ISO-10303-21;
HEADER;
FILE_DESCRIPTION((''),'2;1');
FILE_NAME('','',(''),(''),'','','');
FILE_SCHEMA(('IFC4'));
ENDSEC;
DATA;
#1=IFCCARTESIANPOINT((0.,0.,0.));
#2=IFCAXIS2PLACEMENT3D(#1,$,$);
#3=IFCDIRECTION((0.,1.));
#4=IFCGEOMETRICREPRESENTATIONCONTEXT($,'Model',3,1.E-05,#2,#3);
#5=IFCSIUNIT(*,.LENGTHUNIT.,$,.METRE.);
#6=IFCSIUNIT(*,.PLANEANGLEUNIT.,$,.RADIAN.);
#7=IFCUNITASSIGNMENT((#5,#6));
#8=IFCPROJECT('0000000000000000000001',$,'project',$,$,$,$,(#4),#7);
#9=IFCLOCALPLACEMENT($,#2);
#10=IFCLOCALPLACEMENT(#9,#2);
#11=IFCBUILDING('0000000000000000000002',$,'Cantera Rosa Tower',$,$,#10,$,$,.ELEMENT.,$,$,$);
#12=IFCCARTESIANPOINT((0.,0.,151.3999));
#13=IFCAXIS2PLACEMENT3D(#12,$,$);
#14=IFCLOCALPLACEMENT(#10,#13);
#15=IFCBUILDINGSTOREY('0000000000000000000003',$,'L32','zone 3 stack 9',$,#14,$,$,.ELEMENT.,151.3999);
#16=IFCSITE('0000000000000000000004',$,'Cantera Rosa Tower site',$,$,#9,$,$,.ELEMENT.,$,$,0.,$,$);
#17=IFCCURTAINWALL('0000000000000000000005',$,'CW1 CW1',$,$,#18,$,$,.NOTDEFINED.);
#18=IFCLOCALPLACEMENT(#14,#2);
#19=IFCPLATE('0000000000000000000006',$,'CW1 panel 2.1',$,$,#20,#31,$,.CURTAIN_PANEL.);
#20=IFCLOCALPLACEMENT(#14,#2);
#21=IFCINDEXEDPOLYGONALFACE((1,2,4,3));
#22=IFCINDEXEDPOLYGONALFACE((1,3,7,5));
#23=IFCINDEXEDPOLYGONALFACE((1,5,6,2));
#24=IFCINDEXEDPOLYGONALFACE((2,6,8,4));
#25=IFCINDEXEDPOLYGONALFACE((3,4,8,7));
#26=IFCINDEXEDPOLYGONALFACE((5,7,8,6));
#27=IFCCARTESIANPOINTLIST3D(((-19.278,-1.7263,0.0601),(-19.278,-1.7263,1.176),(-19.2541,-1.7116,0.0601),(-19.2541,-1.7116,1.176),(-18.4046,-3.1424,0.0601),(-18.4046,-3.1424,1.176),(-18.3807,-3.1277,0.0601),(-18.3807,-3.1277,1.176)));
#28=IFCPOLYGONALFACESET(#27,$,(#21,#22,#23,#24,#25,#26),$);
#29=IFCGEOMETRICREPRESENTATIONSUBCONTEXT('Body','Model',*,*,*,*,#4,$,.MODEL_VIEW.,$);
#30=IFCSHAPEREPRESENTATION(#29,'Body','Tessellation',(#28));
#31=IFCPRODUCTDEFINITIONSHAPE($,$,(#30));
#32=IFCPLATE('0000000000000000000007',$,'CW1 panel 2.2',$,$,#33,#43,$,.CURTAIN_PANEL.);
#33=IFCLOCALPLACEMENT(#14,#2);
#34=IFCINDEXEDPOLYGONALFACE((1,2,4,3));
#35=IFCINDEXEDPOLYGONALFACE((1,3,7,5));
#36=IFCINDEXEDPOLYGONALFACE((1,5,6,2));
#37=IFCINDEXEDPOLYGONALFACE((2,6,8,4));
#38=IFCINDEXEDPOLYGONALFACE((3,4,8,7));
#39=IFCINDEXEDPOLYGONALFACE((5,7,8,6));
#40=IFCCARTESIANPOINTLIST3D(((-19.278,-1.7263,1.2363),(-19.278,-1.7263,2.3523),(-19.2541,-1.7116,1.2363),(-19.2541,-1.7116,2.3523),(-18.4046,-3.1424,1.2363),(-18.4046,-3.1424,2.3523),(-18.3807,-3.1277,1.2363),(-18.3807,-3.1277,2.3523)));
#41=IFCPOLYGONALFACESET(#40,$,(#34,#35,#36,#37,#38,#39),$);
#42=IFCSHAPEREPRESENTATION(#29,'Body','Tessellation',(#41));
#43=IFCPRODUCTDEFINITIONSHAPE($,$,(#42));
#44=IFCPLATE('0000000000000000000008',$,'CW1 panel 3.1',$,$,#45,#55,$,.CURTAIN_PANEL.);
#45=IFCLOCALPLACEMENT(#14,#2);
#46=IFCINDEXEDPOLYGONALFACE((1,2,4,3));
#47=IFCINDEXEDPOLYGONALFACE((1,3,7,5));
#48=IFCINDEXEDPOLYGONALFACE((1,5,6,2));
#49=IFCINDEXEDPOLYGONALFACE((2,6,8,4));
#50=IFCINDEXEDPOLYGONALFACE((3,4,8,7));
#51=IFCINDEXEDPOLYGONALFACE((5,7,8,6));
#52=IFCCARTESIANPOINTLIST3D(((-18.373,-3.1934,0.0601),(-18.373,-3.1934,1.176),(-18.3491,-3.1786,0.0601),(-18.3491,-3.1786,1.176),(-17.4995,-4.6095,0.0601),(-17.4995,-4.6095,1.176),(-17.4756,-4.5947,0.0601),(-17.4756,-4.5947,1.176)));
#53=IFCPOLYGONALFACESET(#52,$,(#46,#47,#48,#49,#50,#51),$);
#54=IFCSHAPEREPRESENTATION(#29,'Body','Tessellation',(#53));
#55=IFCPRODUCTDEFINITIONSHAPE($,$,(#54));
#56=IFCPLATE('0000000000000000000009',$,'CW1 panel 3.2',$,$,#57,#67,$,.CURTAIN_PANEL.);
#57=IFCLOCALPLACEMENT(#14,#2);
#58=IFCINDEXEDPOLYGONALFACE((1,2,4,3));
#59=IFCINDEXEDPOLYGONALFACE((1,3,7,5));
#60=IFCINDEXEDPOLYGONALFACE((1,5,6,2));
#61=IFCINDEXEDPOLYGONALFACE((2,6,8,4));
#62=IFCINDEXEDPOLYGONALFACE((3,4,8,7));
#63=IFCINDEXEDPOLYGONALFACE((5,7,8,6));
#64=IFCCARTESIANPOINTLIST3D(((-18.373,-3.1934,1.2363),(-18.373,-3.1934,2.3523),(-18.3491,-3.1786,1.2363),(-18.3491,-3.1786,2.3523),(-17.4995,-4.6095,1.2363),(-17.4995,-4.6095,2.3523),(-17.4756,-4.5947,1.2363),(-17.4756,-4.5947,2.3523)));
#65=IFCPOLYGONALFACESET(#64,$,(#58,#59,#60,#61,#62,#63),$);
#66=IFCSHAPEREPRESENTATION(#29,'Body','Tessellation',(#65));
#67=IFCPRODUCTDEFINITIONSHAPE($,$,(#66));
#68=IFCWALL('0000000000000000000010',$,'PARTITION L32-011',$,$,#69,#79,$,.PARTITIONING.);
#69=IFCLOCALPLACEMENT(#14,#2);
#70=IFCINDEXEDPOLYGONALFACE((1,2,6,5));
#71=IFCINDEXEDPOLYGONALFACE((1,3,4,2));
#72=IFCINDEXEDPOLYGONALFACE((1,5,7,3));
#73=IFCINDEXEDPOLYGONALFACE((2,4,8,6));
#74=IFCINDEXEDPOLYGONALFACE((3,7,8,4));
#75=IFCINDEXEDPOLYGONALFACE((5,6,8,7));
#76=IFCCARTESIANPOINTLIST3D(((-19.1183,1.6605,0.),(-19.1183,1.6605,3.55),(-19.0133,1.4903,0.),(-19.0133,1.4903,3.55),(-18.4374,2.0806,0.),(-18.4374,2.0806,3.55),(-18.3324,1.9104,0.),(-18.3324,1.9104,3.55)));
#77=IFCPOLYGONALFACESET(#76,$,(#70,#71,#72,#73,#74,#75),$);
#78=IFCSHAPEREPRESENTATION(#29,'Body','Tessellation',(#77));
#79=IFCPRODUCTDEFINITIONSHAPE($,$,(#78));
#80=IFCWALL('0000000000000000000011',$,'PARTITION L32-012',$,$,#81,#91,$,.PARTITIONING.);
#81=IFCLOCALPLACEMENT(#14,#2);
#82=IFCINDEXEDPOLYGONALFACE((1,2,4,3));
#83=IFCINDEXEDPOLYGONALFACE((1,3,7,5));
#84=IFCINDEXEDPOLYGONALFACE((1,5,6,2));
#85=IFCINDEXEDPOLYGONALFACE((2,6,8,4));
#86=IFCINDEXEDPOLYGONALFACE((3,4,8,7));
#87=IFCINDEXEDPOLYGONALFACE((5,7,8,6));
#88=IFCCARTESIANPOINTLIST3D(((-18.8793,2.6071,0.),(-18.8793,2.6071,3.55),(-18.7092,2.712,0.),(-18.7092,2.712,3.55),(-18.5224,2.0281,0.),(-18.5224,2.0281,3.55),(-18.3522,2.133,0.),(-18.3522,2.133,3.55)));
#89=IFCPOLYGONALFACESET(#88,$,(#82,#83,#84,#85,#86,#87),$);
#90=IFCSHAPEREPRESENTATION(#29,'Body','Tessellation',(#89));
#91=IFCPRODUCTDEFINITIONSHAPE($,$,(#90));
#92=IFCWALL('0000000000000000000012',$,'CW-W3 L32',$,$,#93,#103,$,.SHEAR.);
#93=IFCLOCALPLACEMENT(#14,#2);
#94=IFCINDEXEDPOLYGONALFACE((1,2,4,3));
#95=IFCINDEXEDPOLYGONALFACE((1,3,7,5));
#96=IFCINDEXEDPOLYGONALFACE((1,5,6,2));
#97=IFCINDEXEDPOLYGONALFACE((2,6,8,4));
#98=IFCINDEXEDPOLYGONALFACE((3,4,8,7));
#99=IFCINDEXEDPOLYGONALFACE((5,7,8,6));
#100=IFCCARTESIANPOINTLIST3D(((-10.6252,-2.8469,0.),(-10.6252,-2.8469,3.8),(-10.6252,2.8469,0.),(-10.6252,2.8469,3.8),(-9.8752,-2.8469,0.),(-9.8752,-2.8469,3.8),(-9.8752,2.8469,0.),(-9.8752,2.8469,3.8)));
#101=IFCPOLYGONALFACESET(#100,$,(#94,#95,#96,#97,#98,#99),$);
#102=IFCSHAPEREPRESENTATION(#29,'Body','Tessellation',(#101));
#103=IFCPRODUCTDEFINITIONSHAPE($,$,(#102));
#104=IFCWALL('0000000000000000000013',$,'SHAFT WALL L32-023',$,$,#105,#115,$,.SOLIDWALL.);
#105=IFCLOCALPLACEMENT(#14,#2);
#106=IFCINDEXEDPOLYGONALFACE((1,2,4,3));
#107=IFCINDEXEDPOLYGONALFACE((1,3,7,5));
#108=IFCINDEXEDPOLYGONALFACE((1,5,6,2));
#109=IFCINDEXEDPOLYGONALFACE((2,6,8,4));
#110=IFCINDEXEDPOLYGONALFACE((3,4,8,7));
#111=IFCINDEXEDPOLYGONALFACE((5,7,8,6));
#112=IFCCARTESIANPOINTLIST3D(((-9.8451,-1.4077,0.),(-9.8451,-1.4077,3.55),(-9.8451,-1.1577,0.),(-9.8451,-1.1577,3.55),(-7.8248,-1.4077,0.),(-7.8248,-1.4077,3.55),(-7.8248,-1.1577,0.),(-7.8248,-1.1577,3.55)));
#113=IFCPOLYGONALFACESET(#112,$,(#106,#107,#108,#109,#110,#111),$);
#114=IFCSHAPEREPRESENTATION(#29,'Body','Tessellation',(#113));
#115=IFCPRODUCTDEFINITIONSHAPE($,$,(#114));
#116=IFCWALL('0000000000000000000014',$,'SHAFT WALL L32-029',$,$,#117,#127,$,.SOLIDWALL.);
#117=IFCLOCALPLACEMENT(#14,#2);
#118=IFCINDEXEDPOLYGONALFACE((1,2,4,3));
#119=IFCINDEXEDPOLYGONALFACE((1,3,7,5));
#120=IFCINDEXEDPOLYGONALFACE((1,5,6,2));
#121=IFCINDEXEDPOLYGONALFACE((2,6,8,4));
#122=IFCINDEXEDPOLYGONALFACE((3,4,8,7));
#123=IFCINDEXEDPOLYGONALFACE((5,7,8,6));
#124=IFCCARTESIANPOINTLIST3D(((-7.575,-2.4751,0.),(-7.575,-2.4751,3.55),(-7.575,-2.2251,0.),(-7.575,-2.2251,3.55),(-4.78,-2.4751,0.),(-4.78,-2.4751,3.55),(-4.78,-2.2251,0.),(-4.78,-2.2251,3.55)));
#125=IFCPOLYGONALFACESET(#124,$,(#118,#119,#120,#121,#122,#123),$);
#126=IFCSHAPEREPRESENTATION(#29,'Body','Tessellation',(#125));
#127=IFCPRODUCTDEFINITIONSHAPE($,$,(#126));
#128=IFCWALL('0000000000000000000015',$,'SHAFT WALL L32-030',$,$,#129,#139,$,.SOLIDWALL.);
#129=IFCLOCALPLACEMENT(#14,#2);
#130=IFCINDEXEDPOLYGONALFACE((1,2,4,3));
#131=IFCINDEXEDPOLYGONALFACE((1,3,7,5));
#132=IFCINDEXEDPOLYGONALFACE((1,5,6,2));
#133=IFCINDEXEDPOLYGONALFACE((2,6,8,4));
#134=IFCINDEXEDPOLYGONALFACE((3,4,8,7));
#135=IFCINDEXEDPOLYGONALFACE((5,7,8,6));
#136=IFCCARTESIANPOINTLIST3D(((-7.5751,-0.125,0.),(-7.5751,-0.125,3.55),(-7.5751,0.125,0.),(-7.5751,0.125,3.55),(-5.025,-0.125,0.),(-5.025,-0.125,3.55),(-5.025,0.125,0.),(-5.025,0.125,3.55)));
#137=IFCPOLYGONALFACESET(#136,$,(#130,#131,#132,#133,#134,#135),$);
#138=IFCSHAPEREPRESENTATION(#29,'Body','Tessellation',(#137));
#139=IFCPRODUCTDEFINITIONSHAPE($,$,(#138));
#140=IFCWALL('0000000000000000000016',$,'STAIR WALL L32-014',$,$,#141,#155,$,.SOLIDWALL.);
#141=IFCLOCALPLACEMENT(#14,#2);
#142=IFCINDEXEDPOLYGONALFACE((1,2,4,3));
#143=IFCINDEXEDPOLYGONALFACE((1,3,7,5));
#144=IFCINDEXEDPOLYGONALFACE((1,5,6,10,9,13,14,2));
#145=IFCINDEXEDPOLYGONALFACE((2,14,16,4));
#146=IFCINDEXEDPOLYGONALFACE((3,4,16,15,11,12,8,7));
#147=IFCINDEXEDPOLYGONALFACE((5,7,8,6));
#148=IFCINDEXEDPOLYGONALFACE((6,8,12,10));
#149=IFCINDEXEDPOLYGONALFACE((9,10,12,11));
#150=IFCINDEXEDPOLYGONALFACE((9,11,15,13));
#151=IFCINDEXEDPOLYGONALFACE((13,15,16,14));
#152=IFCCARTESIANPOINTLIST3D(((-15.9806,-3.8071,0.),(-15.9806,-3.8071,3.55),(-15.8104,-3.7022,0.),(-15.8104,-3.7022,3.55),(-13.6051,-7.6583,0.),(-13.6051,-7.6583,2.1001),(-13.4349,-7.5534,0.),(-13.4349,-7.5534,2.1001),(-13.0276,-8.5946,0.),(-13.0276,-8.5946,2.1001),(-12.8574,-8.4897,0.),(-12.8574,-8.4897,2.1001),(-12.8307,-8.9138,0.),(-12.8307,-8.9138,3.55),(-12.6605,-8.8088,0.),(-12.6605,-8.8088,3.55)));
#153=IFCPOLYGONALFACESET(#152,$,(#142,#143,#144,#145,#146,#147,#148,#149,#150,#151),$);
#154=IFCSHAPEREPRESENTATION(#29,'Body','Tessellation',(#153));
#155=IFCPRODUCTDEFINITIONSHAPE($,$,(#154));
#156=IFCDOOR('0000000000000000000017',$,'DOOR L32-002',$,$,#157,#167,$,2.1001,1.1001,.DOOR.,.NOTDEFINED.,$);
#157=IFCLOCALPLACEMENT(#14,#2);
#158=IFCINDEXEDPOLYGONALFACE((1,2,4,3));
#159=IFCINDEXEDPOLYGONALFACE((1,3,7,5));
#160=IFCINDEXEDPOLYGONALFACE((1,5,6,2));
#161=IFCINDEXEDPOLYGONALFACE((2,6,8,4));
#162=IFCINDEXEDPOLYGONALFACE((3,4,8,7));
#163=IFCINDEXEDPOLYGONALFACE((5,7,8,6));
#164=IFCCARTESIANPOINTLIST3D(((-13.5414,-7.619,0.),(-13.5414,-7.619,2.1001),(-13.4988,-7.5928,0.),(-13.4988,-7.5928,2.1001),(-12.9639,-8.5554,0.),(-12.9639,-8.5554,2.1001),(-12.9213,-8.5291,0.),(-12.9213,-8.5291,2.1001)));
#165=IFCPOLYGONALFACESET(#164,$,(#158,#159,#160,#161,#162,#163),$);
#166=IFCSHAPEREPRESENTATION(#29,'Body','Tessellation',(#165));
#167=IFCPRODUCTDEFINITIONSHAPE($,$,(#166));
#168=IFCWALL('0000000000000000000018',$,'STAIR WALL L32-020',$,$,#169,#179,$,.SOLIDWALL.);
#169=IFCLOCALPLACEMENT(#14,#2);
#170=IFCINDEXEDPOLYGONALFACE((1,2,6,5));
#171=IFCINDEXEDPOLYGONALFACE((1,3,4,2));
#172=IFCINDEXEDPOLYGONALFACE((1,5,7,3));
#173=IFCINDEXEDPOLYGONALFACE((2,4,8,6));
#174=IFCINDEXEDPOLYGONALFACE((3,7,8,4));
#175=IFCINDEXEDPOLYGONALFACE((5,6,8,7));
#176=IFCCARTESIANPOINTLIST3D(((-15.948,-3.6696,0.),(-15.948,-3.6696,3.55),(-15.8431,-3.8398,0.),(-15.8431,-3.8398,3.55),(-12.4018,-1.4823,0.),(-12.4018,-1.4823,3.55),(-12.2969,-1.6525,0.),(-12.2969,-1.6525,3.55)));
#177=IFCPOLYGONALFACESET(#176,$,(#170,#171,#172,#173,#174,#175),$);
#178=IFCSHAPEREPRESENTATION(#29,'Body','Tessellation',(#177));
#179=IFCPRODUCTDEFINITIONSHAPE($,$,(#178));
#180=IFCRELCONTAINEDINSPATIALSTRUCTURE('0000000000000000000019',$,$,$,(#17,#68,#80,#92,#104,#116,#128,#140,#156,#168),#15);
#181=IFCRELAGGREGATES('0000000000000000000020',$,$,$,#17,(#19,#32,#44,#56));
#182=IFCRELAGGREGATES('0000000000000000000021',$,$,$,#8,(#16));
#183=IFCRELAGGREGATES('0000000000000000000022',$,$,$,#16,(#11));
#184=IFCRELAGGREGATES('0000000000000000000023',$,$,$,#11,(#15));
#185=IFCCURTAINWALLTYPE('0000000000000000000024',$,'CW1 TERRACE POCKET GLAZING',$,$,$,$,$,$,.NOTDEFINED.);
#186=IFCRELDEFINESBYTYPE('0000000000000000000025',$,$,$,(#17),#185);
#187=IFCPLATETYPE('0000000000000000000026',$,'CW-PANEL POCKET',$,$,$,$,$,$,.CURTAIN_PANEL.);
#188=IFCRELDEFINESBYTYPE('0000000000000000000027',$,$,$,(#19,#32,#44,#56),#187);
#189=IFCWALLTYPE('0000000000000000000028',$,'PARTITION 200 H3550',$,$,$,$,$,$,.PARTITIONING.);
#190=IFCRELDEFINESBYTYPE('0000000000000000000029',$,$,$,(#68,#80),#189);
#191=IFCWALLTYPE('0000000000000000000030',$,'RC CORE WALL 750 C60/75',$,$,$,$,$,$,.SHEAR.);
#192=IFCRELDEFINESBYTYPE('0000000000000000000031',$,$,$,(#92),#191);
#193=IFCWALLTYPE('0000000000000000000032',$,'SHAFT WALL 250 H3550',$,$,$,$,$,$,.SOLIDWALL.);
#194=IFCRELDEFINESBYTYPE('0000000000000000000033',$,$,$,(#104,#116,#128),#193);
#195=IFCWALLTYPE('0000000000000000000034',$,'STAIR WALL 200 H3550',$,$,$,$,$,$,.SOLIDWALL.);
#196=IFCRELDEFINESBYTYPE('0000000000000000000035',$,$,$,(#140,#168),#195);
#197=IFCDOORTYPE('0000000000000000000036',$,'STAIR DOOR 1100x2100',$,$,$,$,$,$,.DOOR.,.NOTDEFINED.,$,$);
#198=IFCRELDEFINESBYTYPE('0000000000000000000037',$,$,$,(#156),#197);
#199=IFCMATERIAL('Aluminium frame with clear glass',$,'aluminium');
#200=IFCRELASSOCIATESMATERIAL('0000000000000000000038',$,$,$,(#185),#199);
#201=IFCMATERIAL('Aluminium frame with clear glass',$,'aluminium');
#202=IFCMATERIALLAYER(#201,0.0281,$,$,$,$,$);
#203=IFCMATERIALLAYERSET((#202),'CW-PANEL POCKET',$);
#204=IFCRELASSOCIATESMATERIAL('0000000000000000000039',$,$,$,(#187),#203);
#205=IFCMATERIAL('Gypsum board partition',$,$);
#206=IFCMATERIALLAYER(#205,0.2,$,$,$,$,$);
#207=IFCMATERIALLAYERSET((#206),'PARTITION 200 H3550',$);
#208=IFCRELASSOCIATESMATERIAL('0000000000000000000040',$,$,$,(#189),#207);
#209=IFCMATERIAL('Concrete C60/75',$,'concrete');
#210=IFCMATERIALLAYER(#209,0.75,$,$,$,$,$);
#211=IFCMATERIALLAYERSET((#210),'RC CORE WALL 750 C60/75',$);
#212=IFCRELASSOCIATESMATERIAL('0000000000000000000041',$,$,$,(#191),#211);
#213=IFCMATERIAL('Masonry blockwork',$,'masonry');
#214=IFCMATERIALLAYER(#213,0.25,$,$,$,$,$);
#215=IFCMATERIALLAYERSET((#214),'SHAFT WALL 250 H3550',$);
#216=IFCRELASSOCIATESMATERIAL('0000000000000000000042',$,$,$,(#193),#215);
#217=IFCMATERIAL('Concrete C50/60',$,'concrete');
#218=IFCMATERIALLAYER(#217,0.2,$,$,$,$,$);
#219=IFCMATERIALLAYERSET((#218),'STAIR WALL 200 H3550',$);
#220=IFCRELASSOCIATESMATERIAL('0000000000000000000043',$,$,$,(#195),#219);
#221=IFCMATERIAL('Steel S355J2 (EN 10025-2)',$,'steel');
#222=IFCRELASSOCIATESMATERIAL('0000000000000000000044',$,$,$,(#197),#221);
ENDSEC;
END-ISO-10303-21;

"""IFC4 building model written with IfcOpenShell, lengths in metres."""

from ifc_helpers import new_model, si_unit, direction, frame, frame_2d, origin, origin_2d, place, context, subcontext, project, spatial, rectangle, extrude, material, layer, layer_set, type_object, element, fill, aggregate, save


model = new_model("IFC4")

# Units and contexts
model_context = context("Model", 3, precision=1e-05, world=origin(), true_north=direction((0.0, 1.0)))
body_context = subcontext(model_context, "Body", "Model", "MODEL_VIEW")
ifc_project = project(units=[si_unit("LENGTHUNIT", "METRE"), si_unit("PLANEANGLEUNIT", "RADIAN")], contexts=[model_context])

# Site, building, storey
site_placement = place(None, origin())
site = spatial("IfcSite", under=ifc_project, at=site_placement, Name="Cantera Rosa Tower site", CompositionType="ELEMENT", RefElevation=0.0)
building_placement = place(site_placement, origin())
building = spatial("IfcBuilding", under=site, at=building_placement, Name="Cantera Rosa Tower", CompositionType="ELEMENT")
storey_placement = place(building_placement, frame((0.0, 0.0, 151.3999)))
storey = spatial("IfcBuildingStorey", under=building, at=storey_placement, Name="L32", Description="zone 3 stack 9", CompositionType="ELEMENT", Elevation=151.3999)

# Curtain wall
ifc_material_1 = material(Name="Aluminium frame with clear glass", Category="aluminium")
curtain_wall_type = type_object("IfcCurtainWallType", Name="CW1 TERRACE POCKET GLAZING", PredefinedType="NOTDEFINED", material=ifc_material_1)
curtain_wall_placement = place(storey_placement, origin())
curtain_wall = element("IfcCurtainWall", 1, at=curtain_wall_placement, inside=storey, type_object=curtain_wall_type, Name="CW1 CW1", PredefinedType="NOTDEFINED")

# Plates
ifc_material_2 = material(Name="Aluminium frame with clear glass", Category="aluminium")
ifc_layer_1 = layer(ifc_material_2, 0.0281)
ifc_layer_set_1 = layer_set([ifc_layer_1], Name="CW-PANEL POCKET")
plate_type = type_object("IfcPlateType", Name="CW-PANEL POCKET", PredefinedType="CURTAIN_PANEL", material=ifc_layer_set_1)
plate_1_placement = place(storey_placement, frame((-18.8293, -2.427, 0.0601), z_axis=(0.0, 0.0, 1.0), x_axis=(0.524977, -0.851117, 0.0)))
plate_1 = element("IfcPlate", 2, at=plate_1_placement, type_object=plate_type, Name="CW1 panel 2.1", PredefinedType="CURTAIN_PANEL", context=body_context, shape_type="SweptSolid", body=[
    extrude(rectangle(XDim=1.6638, YDim=0.0281, at=origin_2d()), origin(), (0.0, 0.0, 1.0), 1.116),
])
plate_2_placement = place(storey_placement, frame((-18.8293, -2.427, 1.2363), z_axis=(0.0, 0.0, 1.0), x_axis=(0.524977, -0.851117, 0.0)))
plate_2 = element("IfcPlate", 3, at=plate_2_placement, type_object=plate_type, Name="CW1 panel 2.2", PredefinedType="CURTAIN_PANEL", context=body_context, shape_type="SweptSolid", body=[
    extrude(rectangle(XDim=1.6638, YDim=0.0281, at=origin_2d()), origin(), (0.0, 0.0, 1.0), 1.116),
])
plate_3_placement = place(storey_placement, frame((-17.9243, -3.894, 0.0601), z_axis=(0.0, 0.0, 1.0), x_axis=(0.524977, -0.851117, 0.0)))
plate_3 = element("IfcPlate", 4, at=plate_3_placement, type_object=plate_type, Name="CW1 panel 3.1", PredefinedType="CURTAIN_PANEL", context=body_context, shape_type="SweptSolid", body=[
    extrude(rectangle(XDim=1.6638, YDim=0.0281, at=origin_2d()), origin(), (0.0, 0.0, 1.0), 1.116),
])
plate_4_placement = place(storey_placement, frame((-17.9243, -3.894, 1.2363), z_axis=(0.0, 0.0, 1.0), x_axis=(0.524977, -0.851117, 0.0)))
plate_4 = element("IfcPlate", 5, at=plate_4_placement, type_object=plate_type, Name="CW1 panel 3.2", PredefinedType="CURTAIN_PANEL", context=body_context, shape_type="SweptSolid", body=[
    extrude(rectangle(XDim=1.6638, YDim=0.0281, at=origin_2d()), origin(), (0.0, 0.0, 1.0), 1.116),
])
aggregate(curtain_wall, [plate_1, plate_2, plate_3, plate_4])

# Walls
ifc_material_3 = material(Name="Gypsum board partition")
ifc_layer_2 = layer(ifc_material_3, 0.2)
ifc_layer_set_2 = layer_set([ifc_layer_2], Name="PARTITION 200 H3550")
wall_type_1 = type_object("IfcWallType", Name="PARTITION 200 H3550", PredefinedType="PARTITIONING", material=ifc_layer_set_2)
wall_1_placement = place(storey_placement, frame((-19.0657, 1.5754, 0.0), z_axis=(0.0, 0.0, 1.0), x_axis=(0.851019, 0.525136, 0.0)))
element("IfcWall", 6, at=wall_1_placement, inside=storey, type_object=wall_type_1, Name="PARTITION L32-011", PredefinedType="PARTITIONING", context=body_context, shape_type="SweptSolid", body=[
    extrude(rectangle(XDim=0.8, YDim=0.2, at=frame_2d((0.3999, 0.0))), origin(), (0.0, 0.0, 1.0), 3.55),
])
wall_2_placement = place(storey_placement, frame((-18.4373, 2.0806, 0.0), z_axis=(0.0, 0.0, 1.0), x_axis=(-0.524858, 0.85119, 0.0)))
element("IfcWall", 7, at=wall_2_placement, inside=storey, type_object=wall_type_1, Name="PARTITION L32-012", PredefinedType="PARTITIONING", context=body_context, shape_type="SweptSolid", body=[
    extrude(rectangle(XDim=0.6802, YDim=0.2, at=frame_2d((0.3401, 0.0))), origin(), (0.0, 0.0, 1.0), 3.55),
])
ifc_material_4 = material(Name="Concrete C60/75", Category="concrete")
ifc_layer_3 = layer(ifc_material_4, 0.75)
ifc_layer_set_3 = layer_set([ifc_layer_3], Name="RC CORE WALL 750 C60/75")
wall_type_2 = type_object("IfcWallType", Name="RC CORE WALL 750 C60/75", PredefinedType="SHEAR", material=ifc_layer_set_3)
wall_3_placement = place(storey_placement, frame((-10.2502, -2.8469, 0.0), z_axis=(0.0, 0.0, 1.0), x_axis=(0.0, 1.0, 0.0)))
element("IfcWall", 8, at=wall_3_placement, inside=storey, type_object=wall_type_2, Name="CW-W3 L32", PredefinedType="SHEAR", context=body_context, shape_type="SweptSolid", body=[
    extrude(rectangle(XDim=5.6938, YDim=0.75, at=frame_2d((2.8469, 0.0))), origin(), (0.0, 0.0, 1.0), 3.8),
])
ifc_material_5 = material(Name="Masonry blockwork", Category="masonry")
ifc_layer_4 = layer(ifc_material_5, 0.25)
ifc_layer_set_4 = layer_set([ifc_layer_4], Name="SHAFT WALL 250 H3550")
wall_type_3 = type_object("IfcWallType", Name="SHAFT WALL 250 H3550", PredefinedType="SOLIDWALL", material=ifc_layer_set_4)
wall_4_placement = place(storey_placement, frame((-9.8452, -1.2827, 0.0), z_axis=(0.0, 0.0, 1.0), x_axis=(1.0, 0.0, 0.0)))
element("IfcWall", 9, at=wall_4_placement, inside=storey, type_object=wall_type_3, Name="SHAFT WALL L32-023", PredefinedType="SOLIDWALL", context=body_context, shape_type="SweptSolid", body=[
    extrude(rectangle(XDim=2.0203, YDim=0.25, at=frame_2d((1.0103, 0.0))), origin(), (0.0, 0.0, 1.0), 3.55),
])
wall_5_placement = place(storey_placement, frame((-7.575, -2.3501, 0.0), z_axis=(0.0, 0.0, 1.0), x_axis=(1.0, 0.0, 0.0)))
element("IfcWall", 10, at=wall_5_placement, inside=storey, type_object=wall_type_3, Name="SHAFT WALL L32-029", PredefinedType="SOLIDWALL", context=body_context, shape_type="SweptSolid", body=[
    extrude(rectangle(XDim=2.7949, YDim=0.25, at=frame_2d((1.3975, 0.0))), origin(), (0.0, 0.0, 1.0), 3.55),
])
wall_6_placement = place(storey_placement, frame((-7.575, 0.0, 0.0), z_axis=(0.0, 0.0, 1.0), x_axis=(1.0, 0.0, 0.0)))
element("IfcWall", 11, at=wall_6_placement, inside=storey, type_object=wall_type_3, Name="SHAFT WALL L32-030", PredefinedType="SOLIDWALL", context=body_context, shape_type="SweptSolid", body=[
    extrude(rectangle(XDim=2.55, YDim=0.25, at=frame_2d((1.2749, 0.0))), origin(), (0.0, 0.0, 1.0), 3.55),
])

# Wall, opening, door
ifc_material_6 = material(Name="Concrete C50/60", Category="concrete")
ifc_layer_5 = layer(ifc_material_6, 0.2)
ifc_layer_set_5 = layer_set([ifc_layer_5], Name="STAIR WALL 200 H3550")
wall_type_4 = type_object("IfcWallType", Name="STAIR WALL 200 H3550", PredefinedType="SOLIDWALL", material=ifc_layer_set_5)
wall_7_placement = place(storey_placement, frame((-15.8955, -3.7546, 0.0), z_axis=(0.0, 0.0, 1.0), x_axis=(0.524983, -0.851113, 0.0)))
wall_7 = element("IfcWall", 12, at=wall_7_placement, inside=storey, type_object=wall_type_4, Name="STAIR WALL L32-014", PredefinedType="SOLIDWALL", context=body_context, shape_type="SweptSolid", body=[
    extrude(rectangle(XDim=6.0, YDim=0.2, at=frame_2d((3.0, 0.0))), origin(), (0.0, 0.0, 1.0), 3.55),
])
opening_placement = place(wall_7_placement, frame((4.5249, 0.0, 0.0)))
opening = element("IfcOpeningElement", 13, at=opening_placement, cuts=wall_7, PredefinedType="OPENING", context=body_context, shape_type="SweptSolid", body=[
    extrude(rectangle(XDim=1.1001, YDim=2.1001, at=frame_2d((0.55, 1.05))), frame((0.0, 0.1099, 0.0), z_axis=(0.0, -1.0, 0.0), x_axis=(1.0, 0.0, 0.0)), (0.0, 0.0, 1.0), 0.22),
])
ifc_material_7 = material(Name="Steel S355J2 (EN 10025-2)", Category="steel")
door_type = type_object("IfcDoorType", Name="STAIR DOOR 1100x2100", OperationType="NOTDEFINED", PredefinedType="DOOR", material=ifc_material_7)
door_placement = place(opening_placement, origin())
door = element("IfcDoor", 14, at=door_placement, inside=storey, type_object=door_type, Name="DOOR L32-002", OperationType="NOTDEFINED", OverallHeight=2.1001, OverallWidth=1.1001, PredefinedType="DOOR", context=body_context, shape_type="SweptSolid", body=[
    extrude(rectangle(XDim=1.1001, YDim=2.1001, at=frame_2d((0.55, 1.05))), frame((0.0, 0.0249, 0.0), z_axis=(0.0, -1.0, 0.0), x_axis=(1.0, 0.0, 0.0)), (0.0, 0.0, 1.0), 0.05),
])
fill(opening, door)

# Wall
wall_8_placement = place(storey_placement, frame((-12.3494, -1.5674, 0.0), z_axis=(0.0, 0.0, 1.0), x_axis=(-0.851121, -0.52497, 0.0)))
element("IfcWall", 15, at=wall_8_placement, inside=storey, type_object=wall_type_4, Name="STAIR WALL L32-020", PredefinedType="SOLIDWALL", context=body_context, shape_type="SweptSolid", body=[
    extrude(rectangle(XDim=4.1665, YDim=0.2, at=frame_2d((2.0833, 0.0))), origin(), (0.0, 0.0, 1.0), 3.55),
])

save(model, "model.ifc")
